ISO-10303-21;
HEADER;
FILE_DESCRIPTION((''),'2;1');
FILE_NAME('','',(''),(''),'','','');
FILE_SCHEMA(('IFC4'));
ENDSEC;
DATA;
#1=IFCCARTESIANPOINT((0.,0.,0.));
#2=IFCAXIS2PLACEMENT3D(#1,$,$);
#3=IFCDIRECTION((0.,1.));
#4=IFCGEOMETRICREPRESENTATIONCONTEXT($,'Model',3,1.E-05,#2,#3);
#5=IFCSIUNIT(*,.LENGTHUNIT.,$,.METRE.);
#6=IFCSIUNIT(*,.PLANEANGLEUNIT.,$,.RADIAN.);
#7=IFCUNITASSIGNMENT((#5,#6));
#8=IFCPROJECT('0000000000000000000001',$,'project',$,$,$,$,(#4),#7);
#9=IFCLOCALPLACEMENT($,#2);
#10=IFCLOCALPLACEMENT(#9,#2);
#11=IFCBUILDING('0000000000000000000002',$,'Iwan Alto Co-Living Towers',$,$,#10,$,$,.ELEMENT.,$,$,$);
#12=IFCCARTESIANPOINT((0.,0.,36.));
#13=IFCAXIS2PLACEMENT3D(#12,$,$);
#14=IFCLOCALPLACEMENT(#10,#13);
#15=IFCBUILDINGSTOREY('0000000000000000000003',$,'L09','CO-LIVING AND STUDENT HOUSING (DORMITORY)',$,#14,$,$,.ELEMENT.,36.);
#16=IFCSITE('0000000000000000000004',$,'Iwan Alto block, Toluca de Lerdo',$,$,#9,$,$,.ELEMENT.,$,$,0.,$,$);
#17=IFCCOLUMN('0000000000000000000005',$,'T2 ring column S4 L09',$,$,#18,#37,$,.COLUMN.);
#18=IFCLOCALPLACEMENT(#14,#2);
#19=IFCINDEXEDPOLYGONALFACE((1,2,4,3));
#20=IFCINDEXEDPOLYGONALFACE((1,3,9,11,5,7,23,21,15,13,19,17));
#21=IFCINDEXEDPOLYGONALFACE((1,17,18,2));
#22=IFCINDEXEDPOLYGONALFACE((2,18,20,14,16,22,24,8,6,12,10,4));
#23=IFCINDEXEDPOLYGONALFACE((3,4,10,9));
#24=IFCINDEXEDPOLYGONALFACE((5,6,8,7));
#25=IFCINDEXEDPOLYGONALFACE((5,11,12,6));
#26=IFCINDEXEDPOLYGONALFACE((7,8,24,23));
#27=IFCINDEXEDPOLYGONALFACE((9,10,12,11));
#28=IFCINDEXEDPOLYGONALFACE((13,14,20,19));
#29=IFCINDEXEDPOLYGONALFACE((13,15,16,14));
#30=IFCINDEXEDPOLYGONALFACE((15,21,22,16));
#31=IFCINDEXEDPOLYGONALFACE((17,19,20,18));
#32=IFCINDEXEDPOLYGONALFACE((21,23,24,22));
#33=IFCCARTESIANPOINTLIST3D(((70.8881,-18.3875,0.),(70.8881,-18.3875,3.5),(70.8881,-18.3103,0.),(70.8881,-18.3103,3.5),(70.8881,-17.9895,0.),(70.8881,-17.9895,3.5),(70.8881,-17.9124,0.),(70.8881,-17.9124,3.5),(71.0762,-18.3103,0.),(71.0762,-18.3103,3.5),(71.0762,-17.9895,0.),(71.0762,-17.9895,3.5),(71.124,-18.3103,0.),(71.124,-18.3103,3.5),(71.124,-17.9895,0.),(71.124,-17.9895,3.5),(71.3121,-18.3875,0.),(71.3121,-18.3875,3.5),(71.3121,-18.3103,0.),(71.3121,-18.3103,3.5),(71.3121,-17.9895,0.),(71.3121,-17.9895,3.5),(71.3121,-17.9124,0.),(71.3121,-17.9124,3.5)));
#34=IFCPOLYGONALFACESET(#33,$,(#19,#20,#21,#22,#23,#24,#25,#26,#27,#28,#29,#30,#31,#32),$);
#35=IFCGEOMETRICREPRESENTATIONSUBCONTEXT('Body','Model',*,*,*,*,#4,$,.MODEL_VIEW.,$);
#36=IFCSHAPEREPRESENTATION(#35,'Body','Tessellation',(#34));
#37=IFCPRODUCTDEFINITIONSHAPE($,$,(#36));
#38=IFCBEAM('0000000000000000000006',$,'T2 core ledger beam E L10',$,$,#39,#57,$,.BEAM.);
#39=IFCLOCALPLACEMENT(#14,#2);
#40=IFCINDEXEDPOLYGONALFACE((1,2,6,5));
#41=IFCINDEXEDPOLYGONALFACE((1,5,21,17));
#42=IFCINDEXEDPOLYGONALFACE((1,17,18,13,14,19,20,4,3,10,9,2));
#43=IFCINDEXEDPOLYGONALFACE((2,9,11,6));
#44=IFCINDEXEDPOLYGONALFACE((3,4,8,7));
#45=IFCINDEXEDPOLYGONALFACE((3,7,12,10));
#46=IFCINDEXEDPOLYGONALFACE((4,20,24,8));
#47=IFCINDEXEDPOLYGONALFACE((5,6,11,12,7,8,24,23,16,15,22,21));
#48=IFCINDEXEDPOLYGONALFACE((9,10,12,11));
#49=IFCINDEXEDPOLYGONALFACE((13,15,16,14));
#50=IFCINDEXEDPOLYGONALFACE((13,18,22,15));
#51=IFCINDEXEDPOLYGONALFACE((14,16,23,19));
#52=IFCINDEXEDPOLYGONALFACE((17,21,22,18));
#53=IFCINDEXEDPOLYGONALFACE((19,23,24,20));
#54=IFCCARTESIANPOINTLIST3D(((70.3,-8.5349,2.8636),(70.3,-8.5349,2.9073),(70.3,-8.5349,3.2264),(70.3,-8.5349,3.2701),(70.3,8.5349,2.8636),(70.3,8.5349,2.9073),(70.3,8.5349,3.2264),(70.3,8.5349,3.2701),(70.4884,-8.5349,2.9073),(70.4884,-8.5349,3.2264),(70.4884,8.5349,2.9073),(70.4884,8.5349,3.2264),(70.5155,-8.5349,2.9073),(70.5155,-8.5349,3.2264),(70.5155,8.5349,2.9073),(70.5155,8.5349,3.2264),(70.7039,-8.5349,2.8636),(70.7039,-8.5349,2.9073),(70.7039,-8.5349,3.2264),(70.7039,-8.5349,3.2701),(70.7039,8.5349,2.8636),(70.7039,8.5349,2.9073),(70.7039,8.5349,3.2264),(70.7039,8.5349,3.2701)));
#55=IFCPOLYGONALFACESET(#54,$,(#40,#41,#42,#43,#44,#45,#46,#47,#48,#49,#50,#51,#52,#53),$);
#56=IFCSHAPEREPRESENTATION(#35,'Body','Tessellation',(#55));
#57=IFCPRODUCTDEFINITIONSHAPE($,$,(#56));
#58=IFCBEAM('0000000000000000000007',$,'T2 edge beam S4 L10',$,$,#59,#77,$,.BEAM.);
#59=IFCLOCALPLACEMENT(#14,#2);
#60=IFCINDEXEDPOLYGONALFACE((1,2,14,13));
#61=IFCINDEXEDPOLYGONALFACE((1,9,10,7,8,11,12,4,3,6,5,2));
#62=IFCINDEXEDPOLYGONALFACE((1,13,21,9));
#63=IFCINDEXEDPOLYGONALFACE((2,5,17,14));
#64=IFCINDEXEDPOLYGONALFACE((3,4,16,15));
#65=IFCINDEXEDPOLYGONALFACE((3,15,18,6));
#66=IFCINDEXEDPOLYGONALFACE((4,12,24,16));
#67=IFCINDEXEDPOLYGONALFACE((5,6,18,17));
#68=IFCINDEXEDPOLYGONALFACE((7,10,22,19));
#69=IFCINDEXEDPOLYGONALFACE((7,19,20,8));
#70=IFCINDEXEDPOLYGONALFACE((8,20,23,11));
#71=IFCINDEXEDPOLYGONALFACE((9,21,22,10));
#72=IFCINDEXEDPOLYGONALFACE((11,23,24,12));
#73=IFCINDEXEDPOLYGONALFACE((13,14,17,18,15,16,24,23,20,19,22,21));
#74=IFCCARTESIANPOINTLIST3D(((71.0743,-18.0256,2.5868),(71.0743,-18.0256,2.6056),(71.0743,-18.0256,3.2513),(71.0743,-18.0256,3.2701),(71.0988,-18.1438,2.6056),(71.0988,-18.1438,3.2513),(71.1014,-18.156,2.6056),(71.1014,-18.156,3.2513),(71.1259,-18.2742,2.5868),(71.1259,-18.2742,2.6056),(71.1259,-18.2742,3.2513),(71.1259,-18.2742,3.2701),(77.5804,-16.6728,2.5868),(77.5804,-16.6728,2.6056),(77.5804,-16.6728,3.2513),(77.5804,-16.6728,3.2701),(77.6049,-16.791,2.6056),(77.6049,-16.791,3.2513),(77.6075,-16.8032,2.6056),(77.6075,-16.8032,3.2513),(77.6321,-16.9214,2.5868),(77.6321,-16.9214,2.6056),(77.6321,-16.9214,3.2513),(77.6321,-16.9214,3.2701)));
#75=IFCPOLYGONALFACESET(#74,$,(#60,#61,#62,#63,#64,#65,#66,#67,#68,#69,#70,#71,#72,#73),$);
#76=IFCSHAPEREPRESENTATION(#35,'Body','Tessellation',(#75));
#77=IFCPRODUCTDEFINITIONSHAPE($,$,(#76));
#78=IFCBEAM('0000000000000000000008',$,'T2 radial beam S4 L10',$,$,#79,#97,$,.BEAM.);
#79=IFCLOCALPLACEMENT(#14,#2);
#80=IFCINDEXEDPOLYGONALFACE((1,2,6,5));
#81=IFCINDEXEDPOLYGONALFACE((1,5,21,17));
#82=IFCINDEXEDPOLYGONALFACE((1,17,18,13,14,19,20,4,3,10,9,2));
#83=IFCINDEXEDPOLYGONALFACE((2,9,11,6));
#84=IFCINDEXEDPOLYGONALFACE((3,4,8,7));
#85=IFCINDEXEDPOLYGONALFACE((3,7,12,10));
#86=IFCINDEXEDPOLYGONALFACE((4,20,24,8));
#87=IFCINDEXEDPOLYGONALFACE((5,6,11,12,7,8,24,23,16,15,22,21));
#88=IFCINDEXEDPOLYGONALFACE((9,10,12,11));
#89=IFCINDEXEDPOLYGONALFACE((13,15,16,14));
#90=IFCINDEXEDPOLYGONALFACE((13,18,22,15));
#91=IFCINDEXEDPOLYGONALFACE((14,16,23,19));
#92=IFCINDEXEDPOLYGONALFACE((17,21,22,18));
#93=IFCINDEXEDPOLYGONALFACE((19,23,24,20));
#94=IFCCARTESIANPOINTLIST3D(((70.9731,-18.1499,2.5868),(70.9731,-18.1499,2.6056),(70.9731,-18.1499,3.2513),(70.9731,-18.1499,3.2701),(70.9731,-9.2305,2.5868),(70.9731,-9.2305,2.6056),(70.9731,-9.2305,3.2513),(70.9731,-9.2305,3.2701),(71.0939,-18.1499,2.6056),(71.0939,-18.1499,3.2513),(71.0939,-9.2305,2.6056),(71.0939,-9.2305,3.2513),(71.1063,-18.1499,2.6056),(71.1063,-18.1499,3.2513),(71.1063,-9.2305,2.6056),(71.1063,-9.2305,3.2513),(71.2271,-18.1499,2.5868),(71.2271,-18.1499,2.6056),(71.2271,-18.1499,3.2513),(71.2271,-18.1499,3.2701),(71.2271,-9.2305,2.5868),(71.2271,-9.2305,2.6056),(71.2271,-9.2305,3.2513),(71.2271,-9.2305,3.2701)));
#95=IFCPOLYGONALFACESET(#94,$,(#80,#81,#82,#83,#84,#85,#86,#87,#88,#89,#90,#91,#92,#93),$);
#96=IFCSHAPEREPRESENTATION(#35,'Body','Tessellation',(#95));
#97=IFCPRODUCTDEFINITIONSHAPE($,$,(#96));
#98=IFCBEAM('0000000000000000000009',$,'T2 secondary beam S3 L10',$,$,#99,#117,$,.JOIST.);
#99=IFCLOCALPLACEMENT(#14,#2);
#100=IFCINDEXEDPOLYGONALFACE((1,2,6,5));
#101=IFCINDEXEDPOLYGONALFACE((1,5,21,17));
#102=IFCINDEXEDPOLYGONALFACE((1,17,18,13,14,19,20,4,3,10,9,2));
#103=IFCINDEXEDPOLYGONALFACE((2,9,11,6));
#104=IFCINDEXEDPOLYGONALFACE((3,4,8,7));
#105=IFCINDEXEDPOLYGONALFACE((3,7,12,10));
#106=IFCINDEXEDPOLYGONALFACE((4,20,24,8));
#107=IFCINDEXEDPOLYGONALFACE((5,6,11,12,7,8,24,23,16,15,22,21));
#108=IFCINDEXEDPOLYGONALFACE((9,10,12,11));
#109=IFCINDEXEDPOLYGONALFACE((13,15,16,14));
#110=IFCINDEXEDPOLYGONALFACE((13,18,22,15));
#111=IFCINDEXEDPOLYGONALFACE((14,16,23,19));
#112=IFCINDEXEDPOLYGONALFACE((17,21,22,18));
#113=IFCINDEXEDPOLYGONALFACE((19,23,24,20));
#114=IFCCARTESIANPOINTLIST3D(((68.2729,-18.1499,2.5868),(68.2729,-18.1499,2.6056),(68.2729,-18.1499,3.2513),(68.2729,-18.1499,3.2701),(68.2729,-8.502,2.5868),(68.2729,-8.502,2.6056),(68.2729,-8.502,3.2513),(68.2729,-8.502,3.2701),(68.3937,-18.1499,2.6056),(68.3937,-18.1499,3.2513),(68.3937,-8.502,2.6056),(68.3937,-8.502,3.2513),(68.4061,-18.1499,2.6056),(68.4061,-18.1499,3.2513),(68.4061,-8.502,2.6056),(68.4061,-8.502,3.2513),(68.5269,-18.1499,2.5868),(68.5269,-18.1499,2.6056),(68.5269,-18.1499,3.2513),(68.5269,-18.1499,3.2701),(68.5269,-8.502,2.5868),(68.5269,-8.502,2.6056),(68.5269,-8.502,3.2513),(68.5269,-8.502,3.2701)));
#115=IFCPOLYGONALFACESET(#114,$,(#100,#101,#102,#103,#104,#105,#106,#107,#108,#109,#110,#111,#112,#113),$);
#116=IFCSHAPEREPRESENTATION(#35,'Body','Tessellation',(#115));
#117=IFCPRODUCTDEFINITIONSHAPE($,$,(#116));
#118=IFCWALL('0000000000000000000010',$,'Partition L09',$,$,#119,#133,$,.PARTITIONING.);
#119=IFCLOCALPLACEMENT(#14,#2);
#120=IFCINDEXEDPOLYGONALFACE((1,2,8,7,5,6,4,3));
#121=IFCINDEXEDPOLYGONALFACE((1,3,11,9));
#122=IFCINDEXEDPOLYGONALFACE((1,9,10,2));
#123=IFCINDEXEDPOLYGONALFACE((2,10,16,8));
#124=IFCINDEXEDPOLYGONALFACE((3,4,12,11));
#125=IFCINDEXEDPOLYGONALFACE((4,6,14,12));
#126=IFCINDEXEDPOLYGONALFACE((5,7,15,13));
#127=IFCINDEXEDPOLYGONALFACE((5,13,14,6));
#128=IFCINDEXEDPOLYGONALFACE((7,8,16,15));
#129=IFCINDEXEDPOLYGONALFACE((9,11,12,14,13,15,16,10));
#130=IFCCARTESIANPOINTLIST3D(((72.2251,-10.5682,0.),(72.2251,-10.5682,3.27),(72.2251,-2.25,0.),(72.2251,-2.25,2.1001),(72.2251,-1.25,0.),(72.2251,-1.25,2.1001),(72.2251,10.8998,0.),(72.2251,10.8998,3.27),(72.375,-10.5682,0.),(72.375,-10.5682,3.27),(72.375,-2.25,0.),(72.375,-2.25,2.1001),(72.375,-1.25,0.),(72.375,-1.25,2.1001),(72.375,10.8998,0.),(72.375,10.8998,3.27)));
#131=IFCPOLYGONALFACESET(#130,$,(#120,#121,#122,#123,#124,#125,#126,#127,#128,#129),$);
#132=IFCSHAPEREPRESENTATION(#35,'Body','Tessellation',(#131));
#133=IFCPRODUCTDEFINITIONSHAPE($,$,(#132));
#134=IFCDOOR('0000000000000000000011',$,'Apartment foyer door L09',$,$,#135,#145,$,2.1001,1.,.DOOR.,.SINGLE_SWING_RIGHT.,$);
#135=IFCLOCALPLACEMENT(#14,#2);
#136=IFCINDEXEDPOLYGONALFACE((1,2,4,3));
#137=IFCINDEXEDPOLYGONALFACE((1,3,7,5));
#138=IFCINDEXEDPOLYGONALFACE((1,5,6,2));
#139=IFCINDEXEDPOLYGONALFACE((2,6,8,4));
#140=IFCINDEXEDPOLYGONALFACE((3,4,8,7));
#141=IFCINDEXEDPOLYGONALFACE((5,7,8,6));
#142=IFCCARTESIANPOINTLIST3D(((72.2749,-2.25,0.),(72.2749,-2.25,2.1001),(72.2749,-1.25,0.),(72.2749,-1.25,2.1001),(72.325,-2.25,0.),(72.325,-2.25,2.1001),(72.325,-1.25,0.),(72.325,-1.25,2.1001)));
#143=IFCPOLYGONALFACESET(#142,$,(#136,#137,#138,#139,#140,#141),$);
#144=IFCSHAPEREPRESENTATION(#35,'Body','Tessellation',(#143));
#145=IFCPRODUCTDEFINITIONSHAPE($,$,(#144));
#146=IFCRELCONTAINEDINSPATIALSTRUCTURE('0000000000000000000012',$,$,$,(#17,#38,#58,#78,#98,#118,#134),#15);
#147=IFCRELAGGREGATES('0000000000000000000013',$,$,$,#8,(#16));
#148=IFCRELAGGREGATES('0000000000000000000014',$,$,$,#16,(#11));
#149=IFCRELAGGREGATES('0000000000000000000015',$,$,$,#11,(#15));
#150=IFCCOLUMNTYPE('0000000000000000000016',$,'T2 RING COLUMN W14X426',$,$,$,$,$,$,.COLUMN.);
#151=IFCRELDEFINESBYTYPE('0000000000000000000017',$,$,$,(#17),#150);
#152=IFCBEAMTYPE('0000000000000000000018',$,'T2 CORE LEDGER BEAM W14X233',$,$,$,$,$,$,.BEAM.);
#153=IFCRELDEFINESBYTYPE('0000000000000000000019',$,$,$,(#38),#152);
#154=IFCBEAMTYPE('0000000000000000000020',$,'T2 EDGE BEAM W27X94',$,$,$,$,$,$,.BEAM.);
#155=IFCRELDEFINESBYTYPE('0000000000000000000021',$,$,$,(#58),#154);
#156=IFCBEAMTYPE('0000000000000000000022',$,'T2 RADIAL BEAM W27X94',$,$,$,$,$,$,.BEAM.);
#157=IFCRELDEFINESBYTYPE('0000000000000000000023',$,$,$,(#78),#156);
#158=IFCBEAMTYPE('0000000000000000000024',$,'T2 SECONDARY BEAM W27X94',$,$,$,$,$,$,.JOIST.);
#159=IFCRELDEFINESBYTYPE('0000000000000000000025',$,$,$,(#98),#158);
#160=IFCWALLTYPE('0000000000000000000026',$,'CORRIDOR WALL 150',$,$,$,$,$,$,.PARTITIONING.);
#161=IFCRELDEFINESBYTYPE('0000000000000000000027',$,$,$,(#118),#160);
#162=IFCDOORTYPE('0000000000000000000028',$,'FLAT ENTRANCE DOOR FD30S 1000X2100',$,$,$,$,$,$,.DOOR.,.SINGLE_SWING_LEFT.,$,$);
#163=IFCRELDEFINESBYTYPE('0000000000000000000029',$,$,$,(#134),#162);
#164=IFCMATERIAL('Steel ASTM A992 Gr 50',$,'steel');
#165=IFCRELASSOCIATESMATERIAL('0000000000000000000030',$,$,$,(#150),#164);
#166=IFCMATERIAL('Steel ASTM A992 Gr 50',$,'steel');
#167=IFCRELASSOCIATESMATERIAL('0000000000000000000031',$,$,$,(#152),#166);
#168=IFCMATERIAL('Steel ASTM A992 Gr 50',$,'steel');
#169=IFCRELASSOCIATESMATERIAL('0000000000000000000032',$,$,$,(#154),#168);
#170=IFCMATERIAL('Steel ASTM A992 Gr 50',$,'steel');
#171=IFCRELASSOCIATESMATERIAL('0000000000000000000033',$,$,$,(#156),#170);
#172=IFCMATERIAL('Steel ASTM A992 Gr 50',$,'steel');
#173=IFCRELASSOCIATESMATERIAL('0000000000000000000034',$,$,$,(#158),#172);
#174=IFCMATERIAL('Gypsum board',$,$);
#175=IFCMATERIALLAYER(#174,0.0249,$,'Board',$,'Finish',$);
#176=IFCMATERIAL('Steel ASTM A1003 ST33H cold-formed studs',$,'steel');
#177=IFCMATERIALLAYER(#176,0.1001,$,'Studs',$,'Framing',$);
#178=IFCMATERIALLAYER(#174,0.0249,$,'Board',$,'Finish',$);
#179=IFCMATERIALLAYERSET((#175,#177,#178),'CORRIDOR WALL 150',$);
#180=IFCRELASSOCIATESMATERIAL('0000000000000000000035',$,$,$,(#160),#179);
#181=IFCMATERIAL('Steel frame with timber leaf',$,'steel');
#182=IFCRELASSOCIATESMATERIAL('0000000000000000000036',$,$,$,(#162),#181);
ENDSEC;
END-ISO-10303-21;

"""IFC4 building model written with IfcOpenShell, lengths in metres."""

from ifc_helpers import new_model, si_unit, direction, frame, frame_2d, origin, origin_2d, place, context, subcontext, project, spatial, rectangle, i_section, extrude, material, layer, layer_set, material_profile, profile_set, type_object, element, fill, save


model = new_model("IFC4")

# Units and contexts
model_context = context("Model", 3, precision=1e-05, world=origin(), true_north=direction((0.0, 1.0)))
body_context = subcontext(model_context, "Body", "Model", "MODEL_VIEW")
ifc_project = project(units=[si_unit("LENGTHUNIT", "METRE"), si_unit("PLANEANGLEUNIT", "RADIAN")], contexts=[model_context])

# Site, building, storey
site_placement = place(None, origin())
site = spatial("IfcSite", under=ifc_project, at=site_placement, Name="Iwan Alto block, Toluca de Lerdo", CompositionType="ELEMENT", RefElevation=0.0)
building_placement = place(site_placement, origin())
building = spatial("IfcBuilding", under=site, at=building_placement, Name="Iwan Alto Co-Living Towers", CompositionType="ELEMENT")
storey_placement = place(building_placement, frame((0.0, 0.0, 36.0)))
storey = spatial("IfcBuildingStorey", under=building, at=storey_placement, Name="L09", Description="CO-LIVING AND STUDENT HOUSING (DORMITORY)", CompositionType="ELEMENT", Elevation=36.0)

# Column
ifc_material_1 = material(Name="Steel ASTM A992 Gr 50", Category="steel")
ifc_material_profile_1 = material_profile(ifc_material_1, i_section(OverallWidth=0.4241, OverallDepth=0.4751, WebThickness=0.0479, FlangeThickness=0.0771, at=origin_2d()), Name="W14X426")
ifc_profile_set_1 = profile_set([ifc_material_profile_1], Name="Steel ASTM A992 Gr 50")
column_type = type_object("IfcColumnType", Name="T2 RING COLUMN W14X426", PredefinedType="COLUMN", material=ifc_profile_set_1)
column_placement = place(storey_placement, frame((71.1001, -18.1499, 0.0), z_axis=(0.0, 0.0, 1.0), x_axis=(1.0, 0.0, 0.0)))
element("IfcColumn", 1, at=column_placement, inside=storey, type_object=column_type, Name="T2 ring column S4 L09", PredefinedType="COLUMN", context=body_context, shape_type="SweptSolid", body=[
    extrude(i_section(OverallWidth=0.4241, OverallDepth=0.4751, WebThickness=0.0479, FlangeThickness=0.0771, at=origin_2d()), origin(), (0.0, 0.0, 1.0), 3.5),
])

# Beams
ifc_material_2 = material(Name="Steel ASTM A992 Gr 50", Category="steel")
ifc_material_profile_2 = material_profile(ifc_material_2, i_section(OverallWidth=0.4038, OverallDepth=0.4065, WebThickness=0.0271, FlangeThickness=0.0437, at=origin_2d()), Name="W14X233")
ifc_profile_set_2 = profile_set([ifc_material_profile_2], Name="Steel ASTM A992 Gr 50")
beam_type_1 = type_object("IfcBeamType", Name="T2 CORE LEDGER BEAM W14X233", PredefinedType="BEAM", material=ifc_profile_set_2)
beam_1_placement = place(storey_placement, frame((70.502, -8.5349, 3.0669), z_axis=(0.0, 1.0, 0.0), x_axis=(-1.0, 0.0, 0.0)))
element("IfcBeam", 2, at=beam_1_placement, inside=storey, type_object=beam_type_1, Name="T2 core ledger beam E L10", PredefinedType="BEAM", context=body_context, shape_type="SweptSolid", body=[
    extrude(i_section(OverallWidth=0.4038, OverallDepth=0.4065, WebThickness=0.0271, FlangeThickness=0.0437, at=origin_2d()), origin(), (0.0, 0.0, 1.0), 17.0698),
])
ifc_material_3 = material(Name="Steel ASTM A992 Gr 50", Category="steel")
ifc_material_profile_3 = material_profile(ifc_material_3, i_section(OverallWidth=0.2539, OverallDepth=0.6833, WebThickness=0.0125, FlangeThickness=0.0188, at=origin_2d()), Name="W27X94")
ifc_profile_set_3 = profile_set([ifc_material_profile_3], Name="Steel ASTM A992 Gr 50")
beam_type_2 = type_object("IfcBeamType", Name="T2 EDGE BEAM W27X94", PredefinedType="BEAM", material=ifc_profile_set_3)
beam_2_placement = place(storey_placement, frame((71.1001, -18.1499, 2.9285), z_axis=(0.97906, 0.203571, 0.0), x_axis=(-0.203571, 0.97906, 0.0)))
element("IfcBeam", 3, at=beam_2_placement, inside=storey, type_object=beam_type_2, Name="T2 edge beam S4 L10", PredefinedType="BEAM", context=body_context, shape_type="SweptSolid", body=[
    extrude(i_section(OverallWidth=0.2539, OverallDepth=0.6833, WebThickness=0.0125, FlangeThickness=0.0188, at=origin_2d()), origin(), (0.0, 0.0, 1.0), 6.6453),
])
ifc_material_4 = material(Name="Steel ASTM A992 Gr 50", Category="steel")
ifc_material_profile_4 = material_profile(ifc_material_4, i_section(OverallWidth=0.2539, OverallDepth=0.6833, WebThickness=0.0125, FlangeThickness=0.0188, at=origin_2d()), Name="W27X94")
ifc_profile_set_4 = profile_set([ifc_material_profile_4], Name="Steel ASTM A992 Gr 50")
beam_type_3 = type_object("IfcBeamType", Name="T2 RADIAL BEAM W27X94", PredefinedType="BEAM", material=ifc_profile_set_4)
beam_3_placement = place(storey_placement, frame((71.1001, -18.1499, 2.9285), z_axis=(0.0, 1.0, 0.0), x_axis=(-1.0, 0.0, 0.0)))
element("IfcBeam", 4, at=beam_3_placement, inside=storey, type_object=beam_type_3, Name="T2 radial beam S4 L10", PredefinedType="BEAM", context=body_context, shape_type="SweptSolid", body=[
    extrude(i_section(OverallWidth=0.2539, OverallDepth=0.6833, WebThickness=0.0125, FlangeThickness=0.0188, at=origin_2d()), origin(), (0.0, 0.0, 1.0), 8.9194),
])
ifc_material_5 = material(Name="Steel ASTM A992 Gr 50", Category="steel")
ifc_material_profile_5 = material_profile(ifc_material_5, i_section(OverallWidth=0.2539, OverallDepth=0.6833, WebThickness=0.0125, FlangeThickness=0.0188, at=origin_2d()), Name="W27X94")
ifc_profile_set_5 = profile_set([ifc_material_profile_5], Name="Steel ASTM A992 Gr 50")
beam_type_4 = type_object("IfcBeamType", Name="T2 SECONDARY BEAM W27X94", PredefinedType="JOIST", material=ifc_profile_set_5)
beam_4_placement = place(storey_placement, frame((68.3999, -18.1499, 2.9285), z_axis=(0.0, 1.0, 0.0), x_axis=(-1.0, 0.0, 0.0)))
element("IfcBeam", 5, at=beam_4_placement, inside=storey, type_object=beam_type_4, Name="T2 secondary beam S3 L10", PredefinedType="JOIST", context=body_context, shape_type="SweptSolid", body=[
    extrude(i_section(OverallWidth=0.2539, OverallDepth=0.6833, WebThickness=0.0125, FlangeThickness=0.0188, at=origin_2d()), origin(), (0.0, 0.0, 1.0), 9.6479),
])

# Wall, opening, door
ifc_material_6 = material(Name="Gypsum board")
ifc_layer_1 = layer(ifc_material_6, 0.0249, Name="Board", Category="Finish")
ifc_material_7 = material(Name="Steel ASTM A1003 ST33H cold-formed studs", Category="steel")
ifc_layer_2 = layer(ifc_material_7, 0.1001, Name="Studs", Category="Framing")
ifc_layer_3 = layer(ifc_material_6, 0.0249, Name="Board", Category="Finish")
ifc_layer_set_1 = layer_set([ifc_layer_1, ifc_layer_2, ifc_layer_3], Name="CORRIDOR WALL 150")
wall_type_1 = type_object("IfcWallType", Name="CORRIDOR WALL 150", PredefinedType="PARTITIONING", material=ifc_layer_set_1)
wall_1_placement = place(storey_placement, frame((72.3, -10.5681, 0.0), z_axis=(0.0, 0.0, 1.0), x_axis=(0.0, 1.0, 0.0)))
wall_1 = element("IfcWall", 6, at=wall_1_placement, inside=storey, type_object=wall_type_1, Name="Partition L09", PredefinedType="PARTITIONING", context=body_context, shape_type="SweptSolid", body=[
    extrude(rectangle(XDim=21.468, YDim=0.1499, at=frame_2d((10.7339, 0.0))), origin(), (0.0, 0.0, 1.0), 3.27),
])
opening_1_placement = place(wall_1_placement, frame((8.3181, 0.0, 0.0)))
opening_1 = element("IfcOpeningElement", 7, at=opening_1_placement, cuts=wall_1, PredefinedType="OPENING", context=body_context, shape_type="SweptSolid", body=[
    extrude(rectangle(XDim=1.0, YDim=2.1001, at=frame_2d((0.5, 1.05))), frame((0.0, 0.085, 0.0), z_axis=(0.0, -1.0, 0.0), x_axis=(1.0, 0.0, 0.0)), (0.0, 0.0, 1.0), 0.1699),
])
ifc_material_8 = material(Name="Steel frame with timber leaf", Category="steel")
door_type_1 = type_object("IfcDoorType", Name="FLAT ENTRANCE DOOR FD30S 1000X2100", OperationType="SINGLE_SWING_LEFT", PredefinedType="DOOR", material=ifc_material_8)
door_1_placement = place(opening_1_placement, frame((1.0, 0.0, 0.0), z_axis=(0.0, 0.0, 1.0), x_axis=(-1.0, 0.0, 0.0)))
door_1 = element("IfcDoor", 8, at=door_1_placement, inside=storey, type_object=door_type_1, Name="Apartment foyer door L09", OperationType="SINGLE_SWING_RIGHT", OverallHeight=2.1001, OverallWidth=1.0, PredefinedType="DOOR", context=body_context, shape_type="SweptSolid", body=[
    extrude(rectangle(XDim=1.0, YDim=2.1001, at=frame_2d((0.5, 1.05))), frame((0.0, 0.0249, 0.0), z_axis=(0.0, -1.0, 0.0), x_axis=(1.0, 0.0, 0.0)), (0.0, 0.0, 1.0), 0.05),
])
fill(opening_1, door_1)

save(model, "model.ifc")
